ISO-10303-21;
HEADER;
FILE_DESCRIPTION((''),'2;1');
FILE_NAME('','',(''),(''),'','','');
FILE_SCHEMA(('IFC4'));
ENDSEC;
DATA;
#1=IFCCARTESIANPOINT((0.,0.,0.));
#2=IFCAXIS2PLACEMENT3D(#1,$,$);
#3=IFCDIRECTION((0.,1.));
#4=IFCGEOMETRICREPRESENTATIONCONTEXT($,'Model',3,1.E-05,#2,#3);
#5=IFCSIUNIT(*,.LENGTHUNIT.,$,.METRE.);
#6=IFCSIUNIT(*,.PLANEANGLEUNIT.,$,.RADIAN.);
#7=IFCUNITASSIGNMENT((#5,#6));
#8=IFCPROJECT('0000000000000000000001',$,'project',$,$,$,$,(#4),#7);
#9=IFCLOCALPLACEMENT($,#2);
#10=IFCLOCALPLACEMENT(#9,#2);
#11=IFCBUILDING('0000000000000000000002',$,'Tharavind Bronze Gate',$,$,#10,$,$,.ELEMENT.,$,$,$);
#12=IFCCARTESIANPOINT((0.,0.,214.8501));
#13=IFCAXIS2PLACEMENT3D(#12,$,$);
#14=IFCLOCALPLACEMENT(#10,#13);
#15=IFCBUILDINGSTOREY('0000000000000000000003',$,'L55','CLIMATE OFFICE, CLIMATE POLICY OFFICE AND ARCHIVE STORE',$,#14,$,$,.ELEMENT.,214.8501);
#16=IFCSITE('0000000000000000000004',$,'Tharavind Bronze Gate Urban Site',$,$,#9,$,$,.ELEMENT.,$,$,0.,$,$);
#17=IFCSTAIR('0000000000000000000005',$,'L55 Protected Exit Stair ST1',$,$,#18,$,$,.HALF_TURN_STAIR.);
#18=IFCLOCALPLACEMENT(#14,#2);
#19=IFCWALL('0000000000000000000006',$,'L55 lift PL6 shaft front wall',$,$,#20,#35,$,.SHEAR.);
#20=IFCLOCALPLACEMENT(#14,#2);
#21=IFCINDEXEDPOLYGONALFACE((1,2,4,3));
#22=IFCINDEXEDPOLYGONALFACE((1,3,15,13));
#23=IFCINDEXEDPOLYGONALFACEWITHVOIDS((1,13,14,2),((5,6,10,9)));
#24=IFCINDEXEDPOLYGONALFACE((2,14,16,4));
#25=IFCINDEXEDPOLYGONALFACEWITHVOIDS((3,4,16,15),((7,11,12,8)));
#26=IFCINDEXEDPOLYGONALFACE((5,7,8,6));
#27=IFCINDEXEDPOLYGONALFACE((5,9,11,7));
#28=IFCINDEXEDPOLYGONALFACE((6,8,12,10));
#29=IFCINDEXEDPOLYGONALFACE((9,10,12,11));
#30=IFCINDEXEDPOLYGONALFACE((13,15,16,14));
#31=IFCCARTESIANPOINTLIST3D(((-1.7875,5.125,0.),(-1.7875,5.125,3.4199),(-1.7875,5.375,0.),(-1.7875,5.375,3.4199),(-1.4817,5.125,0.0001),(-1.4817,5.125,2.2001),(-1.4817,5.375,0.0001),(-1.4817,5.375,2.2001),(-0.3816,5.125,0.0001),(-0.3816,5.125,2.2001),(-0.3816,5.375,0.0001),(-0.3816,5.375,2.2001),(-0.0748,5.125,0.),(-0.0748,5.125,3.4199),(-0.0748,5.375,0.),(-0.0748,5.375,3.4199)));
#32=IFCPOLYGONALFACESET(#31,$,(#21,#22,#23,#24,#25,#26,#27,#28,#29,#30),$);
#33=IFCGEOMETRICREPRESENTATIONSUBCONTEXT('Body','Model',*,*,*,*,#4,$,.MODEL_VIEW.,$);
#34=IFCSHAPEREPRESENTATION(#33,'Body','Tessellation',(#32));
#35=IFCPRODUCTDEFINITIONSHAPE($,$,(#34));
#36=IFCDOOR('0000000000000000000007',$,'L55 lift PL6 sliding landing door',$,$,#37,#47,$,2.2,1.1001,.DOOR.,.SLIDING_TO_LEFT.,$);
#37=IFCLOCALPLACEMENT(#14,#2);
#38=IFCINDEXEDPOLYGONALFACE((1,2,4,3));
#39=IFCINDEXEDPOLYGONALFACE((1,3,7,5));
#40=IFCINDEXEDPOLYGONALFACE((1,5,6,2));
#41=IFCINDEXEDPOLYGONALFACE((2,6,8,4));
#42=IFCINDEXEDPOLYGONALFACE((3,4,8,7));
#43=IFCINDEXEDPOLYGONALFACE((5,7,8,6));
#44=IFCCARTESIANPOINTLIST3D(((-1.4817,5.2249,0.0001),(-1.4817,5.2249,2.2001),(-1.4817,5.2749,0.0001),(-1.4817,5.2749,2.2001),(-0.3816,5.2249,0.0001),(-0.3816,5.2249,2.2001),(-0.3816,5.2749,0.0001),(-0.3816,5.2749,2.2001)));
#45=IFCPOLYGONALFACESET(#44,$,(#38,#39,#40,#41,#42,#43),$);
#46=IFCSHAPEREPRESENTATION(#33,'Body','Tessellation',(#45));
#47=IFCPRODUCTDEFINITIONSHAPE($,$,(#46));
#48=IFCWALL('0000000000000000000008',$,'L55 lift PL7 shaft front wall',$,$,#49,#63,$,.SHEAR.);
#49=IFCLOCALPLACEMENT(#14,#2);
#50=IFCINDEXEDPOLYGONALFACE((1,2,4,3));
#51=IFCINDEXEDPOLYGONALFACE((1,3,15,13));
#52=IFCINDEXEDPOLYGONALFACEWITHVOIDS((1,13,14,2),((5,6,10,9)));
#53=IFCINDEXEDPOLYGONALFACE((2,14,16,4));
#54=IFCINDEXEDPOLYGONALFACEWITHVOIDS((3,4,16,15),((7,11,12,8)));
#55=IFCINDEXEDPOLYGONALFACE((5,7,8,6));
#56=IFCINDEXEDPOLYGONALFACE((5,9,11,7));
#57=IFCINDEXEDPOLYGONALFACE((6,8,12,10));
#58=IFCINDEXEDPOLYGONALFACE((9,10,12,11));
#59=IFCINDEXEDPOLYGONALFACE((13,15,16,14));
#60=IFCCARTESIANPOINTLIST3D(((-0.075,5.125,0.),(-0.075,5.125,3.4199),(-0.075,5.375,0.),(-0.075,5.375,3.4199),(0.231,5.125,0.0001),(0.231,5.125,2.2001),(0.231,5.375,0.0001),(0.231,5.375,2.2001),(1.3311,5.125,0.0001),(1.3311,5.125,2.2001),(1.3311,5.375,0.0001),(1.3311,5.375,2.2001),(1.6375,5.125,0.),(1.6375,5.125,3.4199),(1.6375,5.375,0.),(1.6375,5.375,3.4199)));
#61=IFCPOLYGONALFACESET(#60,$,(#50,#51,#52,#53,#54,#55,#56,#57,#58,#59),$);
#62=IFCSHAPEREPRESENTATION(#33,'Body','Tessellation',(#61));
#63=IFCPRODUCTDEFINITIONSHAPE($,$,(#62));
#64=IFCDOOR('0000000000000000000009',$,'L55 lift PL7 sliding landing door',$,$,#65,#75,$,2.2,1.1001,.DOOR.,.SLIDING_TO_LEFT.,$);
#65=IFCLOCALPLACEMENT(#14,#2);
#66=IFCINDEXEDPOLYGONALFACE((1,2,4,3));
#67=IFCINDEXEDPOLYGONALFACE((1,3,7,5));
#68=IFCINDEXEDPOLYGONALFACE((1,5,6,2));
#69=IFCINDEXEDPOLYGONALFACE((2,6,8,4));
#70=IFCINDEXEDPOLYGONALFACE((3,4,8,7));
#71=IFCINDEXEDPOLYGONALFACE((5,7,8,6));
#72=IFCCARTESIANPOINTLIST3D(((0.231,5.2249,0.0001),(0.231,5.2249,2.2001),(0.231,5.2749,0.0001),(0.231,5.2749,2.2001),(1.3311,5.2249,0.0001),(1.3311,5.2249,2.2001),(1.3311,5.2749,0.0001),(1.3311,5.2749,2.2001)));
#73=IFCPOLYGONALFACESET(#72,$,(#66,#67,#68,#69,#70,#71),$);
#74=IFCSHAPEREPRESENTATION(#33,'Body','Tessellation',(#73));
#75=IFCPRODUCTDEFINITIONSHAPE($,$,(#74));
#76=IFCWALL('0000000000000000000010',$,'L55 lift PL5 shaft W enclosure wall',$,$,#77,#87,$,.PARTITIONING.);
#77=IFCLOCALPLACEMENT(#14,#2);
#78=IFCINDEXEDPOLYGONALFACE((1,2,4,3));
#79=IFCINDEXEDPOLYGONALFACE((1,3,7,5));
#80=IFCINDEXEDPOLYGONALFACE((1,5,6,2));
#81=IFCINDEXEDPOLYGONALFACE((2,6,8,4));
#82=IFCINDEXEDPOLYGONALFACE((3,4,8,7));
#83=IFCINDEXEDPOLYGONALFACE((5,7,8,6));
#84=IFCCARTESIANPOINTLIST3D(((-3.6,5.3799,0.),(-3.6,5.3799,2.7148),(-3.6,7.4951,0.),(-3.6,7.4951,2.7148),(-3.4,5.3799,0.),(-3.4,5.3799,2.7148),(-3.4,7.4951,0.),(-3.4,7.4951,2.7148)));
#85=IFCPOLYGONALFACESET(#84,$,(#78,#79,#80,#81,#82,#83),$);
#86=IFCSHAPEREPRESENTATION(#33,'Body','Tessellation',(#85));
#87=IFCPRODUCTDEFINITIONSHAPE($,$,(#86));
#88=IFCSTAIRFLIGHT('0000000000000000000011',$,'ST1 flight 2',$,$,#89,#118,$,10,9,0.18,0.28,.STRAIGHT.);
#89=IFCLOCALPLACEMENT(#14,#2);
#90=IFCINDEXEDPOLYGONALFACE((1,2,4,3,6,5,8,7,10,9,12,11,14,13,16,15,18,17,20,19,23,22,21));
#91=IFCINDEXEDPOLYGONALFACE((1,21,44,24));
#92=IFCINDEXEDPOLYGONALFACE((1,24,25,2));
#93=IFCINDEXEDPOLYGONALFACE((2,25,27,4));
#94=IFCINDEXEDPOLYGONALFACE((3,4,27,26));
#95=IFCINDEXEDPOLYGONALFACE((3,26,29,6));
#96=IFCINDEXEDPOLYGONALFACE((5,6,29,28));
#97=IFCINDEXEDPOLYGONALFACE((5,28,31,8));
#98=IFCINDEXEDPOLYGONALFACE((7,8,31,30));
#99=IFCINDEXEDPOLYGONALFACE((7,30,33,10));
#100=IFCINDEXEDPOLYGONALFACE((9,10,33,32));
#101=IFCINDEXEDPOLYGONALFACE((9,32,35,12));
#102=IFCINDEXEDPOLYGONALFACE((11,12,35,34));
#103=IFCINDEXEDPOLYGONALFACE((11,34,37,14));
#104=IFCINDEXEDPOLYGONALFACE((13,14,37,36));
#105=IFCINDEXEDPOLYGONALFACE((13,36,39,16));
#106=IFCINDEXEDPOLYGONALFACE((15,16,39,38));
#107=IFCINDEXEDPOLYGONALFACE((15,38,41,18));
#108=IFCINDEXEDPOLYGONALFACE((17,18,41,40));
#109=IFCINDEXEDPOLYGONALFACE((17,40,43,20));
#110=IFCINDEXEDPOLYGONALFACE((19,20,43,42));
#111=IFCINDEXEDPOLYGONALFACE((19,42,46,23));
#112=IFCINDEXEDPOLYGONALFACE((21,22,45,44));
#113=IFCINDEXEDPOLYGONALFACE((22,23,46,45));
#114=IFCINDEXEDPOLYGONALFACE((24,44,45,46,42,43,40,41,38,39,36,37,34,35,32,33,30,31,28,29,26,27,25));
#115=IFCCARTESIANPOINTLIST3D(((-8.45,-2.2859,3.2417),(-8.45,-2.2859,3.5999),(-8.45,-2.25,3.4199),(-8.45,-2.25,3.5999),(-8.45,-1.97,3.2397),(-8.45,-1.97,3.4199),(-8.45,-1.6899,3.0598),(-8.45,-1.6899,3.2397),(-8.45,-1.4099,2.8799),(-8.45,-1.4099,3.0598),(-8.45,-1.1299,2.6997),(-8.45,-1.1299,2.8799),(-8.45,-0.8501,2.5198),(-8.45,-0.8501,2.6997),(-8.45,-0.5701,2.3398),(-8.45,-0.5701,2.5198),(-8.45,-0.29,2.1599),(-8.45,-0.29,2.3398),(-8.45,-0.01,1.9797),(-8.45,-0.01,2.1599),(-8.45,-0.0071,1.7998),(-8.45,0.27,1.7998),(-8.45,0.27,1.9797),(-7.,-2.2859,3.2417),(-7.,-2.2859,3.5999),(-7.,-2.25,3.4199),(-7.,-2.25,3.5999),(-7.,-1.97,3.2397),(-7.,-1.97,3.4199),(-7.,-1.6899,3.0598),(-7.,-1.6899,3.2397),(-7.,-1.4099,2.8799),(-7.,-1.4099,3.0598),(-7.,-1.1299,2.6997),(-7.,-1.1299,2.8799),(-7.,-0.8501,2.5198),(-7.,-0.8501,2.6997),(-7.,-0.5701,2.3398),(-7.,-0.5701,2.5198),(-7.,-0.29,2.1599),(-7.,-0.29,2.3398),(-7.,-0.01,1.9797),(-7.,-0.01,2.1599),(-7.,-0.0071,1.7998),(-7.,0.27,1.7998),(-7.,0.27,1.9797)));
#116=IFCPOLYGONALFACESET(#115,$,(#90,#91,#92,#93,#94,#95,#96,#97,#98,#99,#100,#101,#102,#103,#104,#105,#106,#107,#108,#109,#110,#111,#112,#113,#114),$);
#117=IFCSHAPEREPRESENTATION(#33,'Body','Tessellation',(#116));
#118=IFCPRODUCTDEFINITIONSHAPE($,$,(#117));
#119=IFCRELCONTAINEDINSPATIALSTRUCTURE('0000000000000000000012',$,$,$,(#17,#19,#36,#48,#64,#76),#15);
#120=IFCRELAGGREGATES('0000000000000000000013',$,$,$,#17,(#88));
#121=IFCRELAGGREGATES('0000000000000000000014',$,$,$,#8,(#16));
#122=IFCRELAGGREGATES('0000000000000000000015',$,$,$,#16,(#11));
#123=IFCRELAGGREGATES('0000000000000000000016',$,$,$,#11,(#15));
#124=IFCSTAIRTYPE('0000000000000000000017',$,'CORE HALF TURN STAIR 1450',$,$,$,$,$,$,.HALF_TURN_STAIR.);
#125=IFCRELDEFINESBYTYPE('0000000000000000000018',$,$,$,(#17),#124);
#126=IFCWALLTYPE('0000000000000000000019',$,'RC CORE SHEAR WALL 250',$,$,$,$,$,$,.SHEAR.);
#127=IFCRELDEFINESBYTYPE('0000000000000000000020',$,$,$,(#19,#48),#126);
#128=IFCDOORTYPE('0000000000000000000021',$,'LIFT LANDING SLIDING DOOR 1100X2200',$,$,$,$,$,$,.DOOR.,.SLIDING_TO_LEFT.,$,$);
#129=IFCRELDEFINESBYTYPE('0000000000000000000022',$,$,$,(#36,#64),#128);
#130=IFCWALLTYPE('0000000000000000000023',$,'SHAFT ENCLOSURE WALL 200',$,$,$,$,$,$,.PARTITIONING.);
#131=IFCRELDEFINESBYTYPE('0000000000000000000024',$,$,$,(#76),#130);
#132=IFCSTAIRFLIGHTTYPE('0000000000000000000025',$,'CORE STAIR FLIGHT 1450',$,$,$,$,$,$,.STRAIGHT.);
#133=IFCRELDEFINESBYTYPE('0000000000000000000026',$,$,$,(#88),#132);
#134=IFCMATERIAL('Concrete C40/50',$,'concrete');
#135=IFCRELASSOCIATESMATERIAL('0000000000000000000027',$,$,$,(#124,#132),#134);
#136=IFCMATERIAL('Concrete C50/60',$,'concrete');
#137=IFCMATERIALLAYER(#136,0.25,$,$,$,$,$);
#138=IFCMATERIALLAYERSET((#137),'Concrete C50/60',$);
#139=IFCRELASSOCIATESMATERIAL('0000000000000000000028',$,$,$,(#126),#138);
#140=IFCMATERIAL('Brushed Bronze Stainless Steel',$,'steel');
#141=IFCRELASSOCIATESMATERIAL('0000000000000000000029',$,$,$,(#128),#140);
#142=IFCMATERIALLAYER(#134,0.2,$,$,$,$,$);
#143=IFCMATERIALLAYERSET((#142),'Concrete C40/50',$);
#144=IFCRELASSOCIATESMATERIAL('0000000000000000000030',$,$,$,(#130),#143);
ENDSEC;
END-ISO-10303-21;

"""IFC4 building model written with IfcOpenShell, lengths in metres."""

from ifc_helpers import new_model, si_unit, direction, frame, frame_2d, origin, place, context, subcontext, project, spatial, polyline, rectangle, outline, extrude, material, layer, layer_set, type_object, element, fill, aggregate, save


model = new_model("IFC4")

# Units and contexts
model_context = context("Model", 3, precision=1e-05, world=origin(), true_north=direction((0.0, 1.0)))
body_context = subcontext(model_context, "Body", "Model", "MODEL_VIEW")
ifc_project = project(units=[si_unit("LENGTHUNIT", "METRE"), si_unit("PLANEANGLEUNIT", "RADIAN")], contexts=[model_context])

# Site, building, storey
site_placement = place(None, origin())
site = spatial("IfcSite", under=ifc_project, at=site_placement, Name="Tharavind Bronze Gate Urban Site", CompositionType="ELEMENT", RefElevation=0.0)
building_placement = place(site_placement, origin())
building = spatial("IfcBuilding", under=site, at=building_placement, Name="Tharavind Bronze Gate", CompositionType="ELEMENT")
storey_placement = place(building_placement, frame((0.0, 0.0, 214.8501)))
storey = spatial("IfcBuildingStorey", under=building, at=storey_placement, Name="L55", Description="CLIMATE OFFICE, CLIMATE POLICY OFFICE AND ARCHIVE STORE", CompositionType="ELEMENT", Elevation=214.8501)

# Shared definitions
ifc_material_1 = material(Name="Concrete C40/50", Category="concrete")

# Stair
stair_type = type_object("IfcStairType", Name="CORE HALF TURN STAIR 1450", PredefinedType="HALF_TURN_STAIR", material=ifc_material_1)
stair_1_placement = place(storey_placement, origin())
stair_1 = element("IfcStair", 1, at=stair_1_placement, inside=storey, type_object=stair_type, Name="L55 Protected Exit Stair ST1", PredefinedType="HALF_TURN_STAIR")

# Walls, openings, doors
ifc_material_2 = material(Name="Concrete C50/60", Category="concrete")
ifc_layer_1 = layer(ifc_material_2, 0.25)
ifc_layer_set_1 = layer_set([ifc_layer_1], Name="Concrete C50/60")
wall_type_1 = type_object("IfcWallType", Name="RC CORE SHEAR WALL 250", PredefinedType="SHEAR", material=ifc_layer_set_1)
ifc_material_3 = material(Name="Brushed Bronze Stainless Steel", Category="steel")
door_type_1 = type_object("IfcDoorType", Name="LIFT LANDING SLIDING DOOR 1100X2200", OperationType="SLIDING_TO_LEFT", PredefinedType="DOOR", material=ifc_material_3)
wall_1_placement = place(storey_placement, frame((-1.7876, 5.25, 0.0), z_axis=(0.0, 0.0, 1.0), x_axis=(1.0, 0.0, 0.0)))
wall_1 = element("IfcWall", 2, at=wall_1_placement, inside=storey, type_object=wall_type_1, Name="L55 lift PL6 shaft front wall", PredefinedType="SHEAR", context=body_context, shape_type="SweptSolid", body=[
    extrude(rectangle(XDim=1.7126, YDim=0.25, at=frame_2d((0.8564, 0.0))), origin(), (0.0, 0.0, 1.0), 3.4199),
])
opening_1_placement = place(wall_1_placement, frame((0.3059, 0.0, 0.0)))
opening_1 = element("IfcOpeningElement", 3, at=opening_1_placement, cuts=wall_1, PredefinedType="OPENING", context=body_context, shape_type="SweptSolid", body=[
    extrude(rectangle(XDim=1.1001, YDim=2.2, at=frame_2d((0.55, 1.1001))), frame((0.0, 0.135, 0.0), z_axis=(0.0, -1.0, 0.0), x_axis=(1.0, 0.0, 0.0)), (0.0, 0.0, 1.0), 0.27),
])
door_1_placement = place(opening_1_placement, origin())
door_1 = element("IfcDoor", 4, at=door_1_placement, inside=storey, type_object=door_type_1, Name="L55 lift PL6 sliding landing door", OperationType="SLIDING_TO_LEFT", OverallHeight=2.2, OverallWidth=1.1001, PredefinedType="DOOR", context=body_context, shape_type="SweptSolid", body=[
    extrude(rectangle(XDim=1.1001, YDim=2.2, at=frame_2d((0.55, 1.1001))), frame((0.0, 0.0249, 0.0), z_axis=(0.0, -1.0, 0.0), x_axis=(1.0, 0.0, 0.0)), (0.0, 0.0, 1.0), 0.05),
])
fill(opening_1, door_1)
wall_2_placement = place(storey_placement, frame((-0.075, 5.25, 0.0), z_axis=(0.0, 0.0, 1.0), x_axis=(1.0, 0.0, 0.0)))
wall_2 = element("IfcWall", 5, at=wall_2_placement, inside=storey, type_object=wall_type_1, Name="L55 lift PL7 shaft front wall", PredefinedType="SHEAR", context=body_context, shape_type="SweptSolid", body=[
    extrude(rectangle(XDim=1.7124, YDim=0.25, at=frame_2d((0.8562, 0.0))), origin(), (0.0, 0.0, 1.0), 3.4199),
])
opening_2_placement = place(wall_2_placement, frame((0.3059, 0.0, 0.0)))
opening_2 = element("IfcOpeningElement", 6, at=opening_2_placement, cuts=wall_2, PredefinedType="OPENING", context=body_context, shape_type="SweptSolid", body=[
    extrude(rectangle(XDim=1.1001, YDim=2.2, at=frame_2d((0.55, 1.1001))), frame((0.0, 0.135, 0.0), z_axis=(0.0, -1.0, 0.0), x_axis=(1.0, 0.0, 0.0)), (0.0, 0.0, 1.0), 0.27),
])
door_2_placement = place(opening_2_placement, origin())
door_2 = element("IfcDoor", 7, at=door_2_placement, inside=storey, type_object=door_type_1, Name="L55 lift PL7 sliding landing door", OperationType="SLIDING_TO_LEFT", OverallHeight=2.2, OverallWidth=1.1001, PredefinedType="DOOR", context=body_context, shape_type="SweptSolid", body=[
    extrude(rectangle(XDim=1.1001, YDim=2.2, at=frame_2d((0.55, 1.1001))), frame((0.0, 0.0249, 0.0), z_axis=(0.0, -1.0, 0.0), x_axis=(1.0, 0.0, 0.0)), (0.0, 0.0, 1.0), 0.05),
])
fill(opening_2, door_2)

# Wall
ifc_layer_2 = layer(ifc_material_1, 0.2)
ifc_layer_set_2 = layer_set([ifc_layer_2], Name="Concrete C40/50")
wall_type_2 = type_object("IfcWallType", Name="SHAFT ENCLOSURE WALL 200", PredefinedType="PARTITIONING", material=ifc_layer_set_2)
wall_3_placement = place(storey_placement, frame((-3.5, 5.3799, 0.0), z_axis=(0.0, 0.0, 1.0), x_axis=(0.0, 1.0, 0.0)))
element("IfcWall", 8, at=wall_3_placement, inside=storey, type_object=wall_type_2, Name="L55 lift PL5 shaft W enclosure wall", PredefinedType="PARTITIONING", context=body_context, shape_type="SweptSolid", body=[
    extrude(rectangle(XDim=2.1152, YDim=0.2, at=frame_2d((1.0576, 0.0))), origin(), (0.0, 0.0, 1.0), 2.7148),
])

# Stair flight
stair_flight_type = type_object("IfcStairFlightType", Name="CORE STAIR FLIGHT 1450", PredefinedType="STRAIGHT", material=ifc_material_1)
stair_flight_placement = place(storey_placement, frame((-7.7251, 0.27, 1.7998), z_axis=(0.0, 0.0, 1.0), x_axis=(0.0, -1.0, 0.0)))
stair_flight = element("IfcStairFlight", 9, at=stair_flight_placement, type_object=stair_flight_type, Name="ST1 flight 2", NumberOfRisers=10, NumberOfTreads=9, PredefinedType="STRAIGHT", RiserHeight=0.18, TreadLength=0.28, context=body_context, shape_type="SweptSolid", body=[
    extrude(outline(polyline([(0.0, 0.0), (0.0, 0.1799), (0.28, 0.1799), (0.28, 0.3601), (0.5601, 0.3601), (0.5601, 0.54), (0.8401, 0.54), (0.8401, 0.72), (1.1201, 0.72), (1.1201, 0.8999), (1.3999, 0.8999), (1.3999, 1.0801), (1.6799, 1.0801), (1.6799, 1.26), (1.96, 1.26), (1.96, 1.4399), (2.24, 1.4399), (2.24, 1.6201), (2.52, 1.6201), (2.52, 1.8), (2.5559, 1.8), (2.5559, 1.4419), (0.2771, 0.0), (0.0, 0.0)])), frame((0.0, 0.7251, 0.0), z_axis=(0.0, -1.0, 0.0), x_axis=(1.0, 0.0, 0.0)), (0.0, 0.0, 1.0), 1.45),
])
aggregate(stair_1, [stair_flight])

save(model, "model.ifc")
